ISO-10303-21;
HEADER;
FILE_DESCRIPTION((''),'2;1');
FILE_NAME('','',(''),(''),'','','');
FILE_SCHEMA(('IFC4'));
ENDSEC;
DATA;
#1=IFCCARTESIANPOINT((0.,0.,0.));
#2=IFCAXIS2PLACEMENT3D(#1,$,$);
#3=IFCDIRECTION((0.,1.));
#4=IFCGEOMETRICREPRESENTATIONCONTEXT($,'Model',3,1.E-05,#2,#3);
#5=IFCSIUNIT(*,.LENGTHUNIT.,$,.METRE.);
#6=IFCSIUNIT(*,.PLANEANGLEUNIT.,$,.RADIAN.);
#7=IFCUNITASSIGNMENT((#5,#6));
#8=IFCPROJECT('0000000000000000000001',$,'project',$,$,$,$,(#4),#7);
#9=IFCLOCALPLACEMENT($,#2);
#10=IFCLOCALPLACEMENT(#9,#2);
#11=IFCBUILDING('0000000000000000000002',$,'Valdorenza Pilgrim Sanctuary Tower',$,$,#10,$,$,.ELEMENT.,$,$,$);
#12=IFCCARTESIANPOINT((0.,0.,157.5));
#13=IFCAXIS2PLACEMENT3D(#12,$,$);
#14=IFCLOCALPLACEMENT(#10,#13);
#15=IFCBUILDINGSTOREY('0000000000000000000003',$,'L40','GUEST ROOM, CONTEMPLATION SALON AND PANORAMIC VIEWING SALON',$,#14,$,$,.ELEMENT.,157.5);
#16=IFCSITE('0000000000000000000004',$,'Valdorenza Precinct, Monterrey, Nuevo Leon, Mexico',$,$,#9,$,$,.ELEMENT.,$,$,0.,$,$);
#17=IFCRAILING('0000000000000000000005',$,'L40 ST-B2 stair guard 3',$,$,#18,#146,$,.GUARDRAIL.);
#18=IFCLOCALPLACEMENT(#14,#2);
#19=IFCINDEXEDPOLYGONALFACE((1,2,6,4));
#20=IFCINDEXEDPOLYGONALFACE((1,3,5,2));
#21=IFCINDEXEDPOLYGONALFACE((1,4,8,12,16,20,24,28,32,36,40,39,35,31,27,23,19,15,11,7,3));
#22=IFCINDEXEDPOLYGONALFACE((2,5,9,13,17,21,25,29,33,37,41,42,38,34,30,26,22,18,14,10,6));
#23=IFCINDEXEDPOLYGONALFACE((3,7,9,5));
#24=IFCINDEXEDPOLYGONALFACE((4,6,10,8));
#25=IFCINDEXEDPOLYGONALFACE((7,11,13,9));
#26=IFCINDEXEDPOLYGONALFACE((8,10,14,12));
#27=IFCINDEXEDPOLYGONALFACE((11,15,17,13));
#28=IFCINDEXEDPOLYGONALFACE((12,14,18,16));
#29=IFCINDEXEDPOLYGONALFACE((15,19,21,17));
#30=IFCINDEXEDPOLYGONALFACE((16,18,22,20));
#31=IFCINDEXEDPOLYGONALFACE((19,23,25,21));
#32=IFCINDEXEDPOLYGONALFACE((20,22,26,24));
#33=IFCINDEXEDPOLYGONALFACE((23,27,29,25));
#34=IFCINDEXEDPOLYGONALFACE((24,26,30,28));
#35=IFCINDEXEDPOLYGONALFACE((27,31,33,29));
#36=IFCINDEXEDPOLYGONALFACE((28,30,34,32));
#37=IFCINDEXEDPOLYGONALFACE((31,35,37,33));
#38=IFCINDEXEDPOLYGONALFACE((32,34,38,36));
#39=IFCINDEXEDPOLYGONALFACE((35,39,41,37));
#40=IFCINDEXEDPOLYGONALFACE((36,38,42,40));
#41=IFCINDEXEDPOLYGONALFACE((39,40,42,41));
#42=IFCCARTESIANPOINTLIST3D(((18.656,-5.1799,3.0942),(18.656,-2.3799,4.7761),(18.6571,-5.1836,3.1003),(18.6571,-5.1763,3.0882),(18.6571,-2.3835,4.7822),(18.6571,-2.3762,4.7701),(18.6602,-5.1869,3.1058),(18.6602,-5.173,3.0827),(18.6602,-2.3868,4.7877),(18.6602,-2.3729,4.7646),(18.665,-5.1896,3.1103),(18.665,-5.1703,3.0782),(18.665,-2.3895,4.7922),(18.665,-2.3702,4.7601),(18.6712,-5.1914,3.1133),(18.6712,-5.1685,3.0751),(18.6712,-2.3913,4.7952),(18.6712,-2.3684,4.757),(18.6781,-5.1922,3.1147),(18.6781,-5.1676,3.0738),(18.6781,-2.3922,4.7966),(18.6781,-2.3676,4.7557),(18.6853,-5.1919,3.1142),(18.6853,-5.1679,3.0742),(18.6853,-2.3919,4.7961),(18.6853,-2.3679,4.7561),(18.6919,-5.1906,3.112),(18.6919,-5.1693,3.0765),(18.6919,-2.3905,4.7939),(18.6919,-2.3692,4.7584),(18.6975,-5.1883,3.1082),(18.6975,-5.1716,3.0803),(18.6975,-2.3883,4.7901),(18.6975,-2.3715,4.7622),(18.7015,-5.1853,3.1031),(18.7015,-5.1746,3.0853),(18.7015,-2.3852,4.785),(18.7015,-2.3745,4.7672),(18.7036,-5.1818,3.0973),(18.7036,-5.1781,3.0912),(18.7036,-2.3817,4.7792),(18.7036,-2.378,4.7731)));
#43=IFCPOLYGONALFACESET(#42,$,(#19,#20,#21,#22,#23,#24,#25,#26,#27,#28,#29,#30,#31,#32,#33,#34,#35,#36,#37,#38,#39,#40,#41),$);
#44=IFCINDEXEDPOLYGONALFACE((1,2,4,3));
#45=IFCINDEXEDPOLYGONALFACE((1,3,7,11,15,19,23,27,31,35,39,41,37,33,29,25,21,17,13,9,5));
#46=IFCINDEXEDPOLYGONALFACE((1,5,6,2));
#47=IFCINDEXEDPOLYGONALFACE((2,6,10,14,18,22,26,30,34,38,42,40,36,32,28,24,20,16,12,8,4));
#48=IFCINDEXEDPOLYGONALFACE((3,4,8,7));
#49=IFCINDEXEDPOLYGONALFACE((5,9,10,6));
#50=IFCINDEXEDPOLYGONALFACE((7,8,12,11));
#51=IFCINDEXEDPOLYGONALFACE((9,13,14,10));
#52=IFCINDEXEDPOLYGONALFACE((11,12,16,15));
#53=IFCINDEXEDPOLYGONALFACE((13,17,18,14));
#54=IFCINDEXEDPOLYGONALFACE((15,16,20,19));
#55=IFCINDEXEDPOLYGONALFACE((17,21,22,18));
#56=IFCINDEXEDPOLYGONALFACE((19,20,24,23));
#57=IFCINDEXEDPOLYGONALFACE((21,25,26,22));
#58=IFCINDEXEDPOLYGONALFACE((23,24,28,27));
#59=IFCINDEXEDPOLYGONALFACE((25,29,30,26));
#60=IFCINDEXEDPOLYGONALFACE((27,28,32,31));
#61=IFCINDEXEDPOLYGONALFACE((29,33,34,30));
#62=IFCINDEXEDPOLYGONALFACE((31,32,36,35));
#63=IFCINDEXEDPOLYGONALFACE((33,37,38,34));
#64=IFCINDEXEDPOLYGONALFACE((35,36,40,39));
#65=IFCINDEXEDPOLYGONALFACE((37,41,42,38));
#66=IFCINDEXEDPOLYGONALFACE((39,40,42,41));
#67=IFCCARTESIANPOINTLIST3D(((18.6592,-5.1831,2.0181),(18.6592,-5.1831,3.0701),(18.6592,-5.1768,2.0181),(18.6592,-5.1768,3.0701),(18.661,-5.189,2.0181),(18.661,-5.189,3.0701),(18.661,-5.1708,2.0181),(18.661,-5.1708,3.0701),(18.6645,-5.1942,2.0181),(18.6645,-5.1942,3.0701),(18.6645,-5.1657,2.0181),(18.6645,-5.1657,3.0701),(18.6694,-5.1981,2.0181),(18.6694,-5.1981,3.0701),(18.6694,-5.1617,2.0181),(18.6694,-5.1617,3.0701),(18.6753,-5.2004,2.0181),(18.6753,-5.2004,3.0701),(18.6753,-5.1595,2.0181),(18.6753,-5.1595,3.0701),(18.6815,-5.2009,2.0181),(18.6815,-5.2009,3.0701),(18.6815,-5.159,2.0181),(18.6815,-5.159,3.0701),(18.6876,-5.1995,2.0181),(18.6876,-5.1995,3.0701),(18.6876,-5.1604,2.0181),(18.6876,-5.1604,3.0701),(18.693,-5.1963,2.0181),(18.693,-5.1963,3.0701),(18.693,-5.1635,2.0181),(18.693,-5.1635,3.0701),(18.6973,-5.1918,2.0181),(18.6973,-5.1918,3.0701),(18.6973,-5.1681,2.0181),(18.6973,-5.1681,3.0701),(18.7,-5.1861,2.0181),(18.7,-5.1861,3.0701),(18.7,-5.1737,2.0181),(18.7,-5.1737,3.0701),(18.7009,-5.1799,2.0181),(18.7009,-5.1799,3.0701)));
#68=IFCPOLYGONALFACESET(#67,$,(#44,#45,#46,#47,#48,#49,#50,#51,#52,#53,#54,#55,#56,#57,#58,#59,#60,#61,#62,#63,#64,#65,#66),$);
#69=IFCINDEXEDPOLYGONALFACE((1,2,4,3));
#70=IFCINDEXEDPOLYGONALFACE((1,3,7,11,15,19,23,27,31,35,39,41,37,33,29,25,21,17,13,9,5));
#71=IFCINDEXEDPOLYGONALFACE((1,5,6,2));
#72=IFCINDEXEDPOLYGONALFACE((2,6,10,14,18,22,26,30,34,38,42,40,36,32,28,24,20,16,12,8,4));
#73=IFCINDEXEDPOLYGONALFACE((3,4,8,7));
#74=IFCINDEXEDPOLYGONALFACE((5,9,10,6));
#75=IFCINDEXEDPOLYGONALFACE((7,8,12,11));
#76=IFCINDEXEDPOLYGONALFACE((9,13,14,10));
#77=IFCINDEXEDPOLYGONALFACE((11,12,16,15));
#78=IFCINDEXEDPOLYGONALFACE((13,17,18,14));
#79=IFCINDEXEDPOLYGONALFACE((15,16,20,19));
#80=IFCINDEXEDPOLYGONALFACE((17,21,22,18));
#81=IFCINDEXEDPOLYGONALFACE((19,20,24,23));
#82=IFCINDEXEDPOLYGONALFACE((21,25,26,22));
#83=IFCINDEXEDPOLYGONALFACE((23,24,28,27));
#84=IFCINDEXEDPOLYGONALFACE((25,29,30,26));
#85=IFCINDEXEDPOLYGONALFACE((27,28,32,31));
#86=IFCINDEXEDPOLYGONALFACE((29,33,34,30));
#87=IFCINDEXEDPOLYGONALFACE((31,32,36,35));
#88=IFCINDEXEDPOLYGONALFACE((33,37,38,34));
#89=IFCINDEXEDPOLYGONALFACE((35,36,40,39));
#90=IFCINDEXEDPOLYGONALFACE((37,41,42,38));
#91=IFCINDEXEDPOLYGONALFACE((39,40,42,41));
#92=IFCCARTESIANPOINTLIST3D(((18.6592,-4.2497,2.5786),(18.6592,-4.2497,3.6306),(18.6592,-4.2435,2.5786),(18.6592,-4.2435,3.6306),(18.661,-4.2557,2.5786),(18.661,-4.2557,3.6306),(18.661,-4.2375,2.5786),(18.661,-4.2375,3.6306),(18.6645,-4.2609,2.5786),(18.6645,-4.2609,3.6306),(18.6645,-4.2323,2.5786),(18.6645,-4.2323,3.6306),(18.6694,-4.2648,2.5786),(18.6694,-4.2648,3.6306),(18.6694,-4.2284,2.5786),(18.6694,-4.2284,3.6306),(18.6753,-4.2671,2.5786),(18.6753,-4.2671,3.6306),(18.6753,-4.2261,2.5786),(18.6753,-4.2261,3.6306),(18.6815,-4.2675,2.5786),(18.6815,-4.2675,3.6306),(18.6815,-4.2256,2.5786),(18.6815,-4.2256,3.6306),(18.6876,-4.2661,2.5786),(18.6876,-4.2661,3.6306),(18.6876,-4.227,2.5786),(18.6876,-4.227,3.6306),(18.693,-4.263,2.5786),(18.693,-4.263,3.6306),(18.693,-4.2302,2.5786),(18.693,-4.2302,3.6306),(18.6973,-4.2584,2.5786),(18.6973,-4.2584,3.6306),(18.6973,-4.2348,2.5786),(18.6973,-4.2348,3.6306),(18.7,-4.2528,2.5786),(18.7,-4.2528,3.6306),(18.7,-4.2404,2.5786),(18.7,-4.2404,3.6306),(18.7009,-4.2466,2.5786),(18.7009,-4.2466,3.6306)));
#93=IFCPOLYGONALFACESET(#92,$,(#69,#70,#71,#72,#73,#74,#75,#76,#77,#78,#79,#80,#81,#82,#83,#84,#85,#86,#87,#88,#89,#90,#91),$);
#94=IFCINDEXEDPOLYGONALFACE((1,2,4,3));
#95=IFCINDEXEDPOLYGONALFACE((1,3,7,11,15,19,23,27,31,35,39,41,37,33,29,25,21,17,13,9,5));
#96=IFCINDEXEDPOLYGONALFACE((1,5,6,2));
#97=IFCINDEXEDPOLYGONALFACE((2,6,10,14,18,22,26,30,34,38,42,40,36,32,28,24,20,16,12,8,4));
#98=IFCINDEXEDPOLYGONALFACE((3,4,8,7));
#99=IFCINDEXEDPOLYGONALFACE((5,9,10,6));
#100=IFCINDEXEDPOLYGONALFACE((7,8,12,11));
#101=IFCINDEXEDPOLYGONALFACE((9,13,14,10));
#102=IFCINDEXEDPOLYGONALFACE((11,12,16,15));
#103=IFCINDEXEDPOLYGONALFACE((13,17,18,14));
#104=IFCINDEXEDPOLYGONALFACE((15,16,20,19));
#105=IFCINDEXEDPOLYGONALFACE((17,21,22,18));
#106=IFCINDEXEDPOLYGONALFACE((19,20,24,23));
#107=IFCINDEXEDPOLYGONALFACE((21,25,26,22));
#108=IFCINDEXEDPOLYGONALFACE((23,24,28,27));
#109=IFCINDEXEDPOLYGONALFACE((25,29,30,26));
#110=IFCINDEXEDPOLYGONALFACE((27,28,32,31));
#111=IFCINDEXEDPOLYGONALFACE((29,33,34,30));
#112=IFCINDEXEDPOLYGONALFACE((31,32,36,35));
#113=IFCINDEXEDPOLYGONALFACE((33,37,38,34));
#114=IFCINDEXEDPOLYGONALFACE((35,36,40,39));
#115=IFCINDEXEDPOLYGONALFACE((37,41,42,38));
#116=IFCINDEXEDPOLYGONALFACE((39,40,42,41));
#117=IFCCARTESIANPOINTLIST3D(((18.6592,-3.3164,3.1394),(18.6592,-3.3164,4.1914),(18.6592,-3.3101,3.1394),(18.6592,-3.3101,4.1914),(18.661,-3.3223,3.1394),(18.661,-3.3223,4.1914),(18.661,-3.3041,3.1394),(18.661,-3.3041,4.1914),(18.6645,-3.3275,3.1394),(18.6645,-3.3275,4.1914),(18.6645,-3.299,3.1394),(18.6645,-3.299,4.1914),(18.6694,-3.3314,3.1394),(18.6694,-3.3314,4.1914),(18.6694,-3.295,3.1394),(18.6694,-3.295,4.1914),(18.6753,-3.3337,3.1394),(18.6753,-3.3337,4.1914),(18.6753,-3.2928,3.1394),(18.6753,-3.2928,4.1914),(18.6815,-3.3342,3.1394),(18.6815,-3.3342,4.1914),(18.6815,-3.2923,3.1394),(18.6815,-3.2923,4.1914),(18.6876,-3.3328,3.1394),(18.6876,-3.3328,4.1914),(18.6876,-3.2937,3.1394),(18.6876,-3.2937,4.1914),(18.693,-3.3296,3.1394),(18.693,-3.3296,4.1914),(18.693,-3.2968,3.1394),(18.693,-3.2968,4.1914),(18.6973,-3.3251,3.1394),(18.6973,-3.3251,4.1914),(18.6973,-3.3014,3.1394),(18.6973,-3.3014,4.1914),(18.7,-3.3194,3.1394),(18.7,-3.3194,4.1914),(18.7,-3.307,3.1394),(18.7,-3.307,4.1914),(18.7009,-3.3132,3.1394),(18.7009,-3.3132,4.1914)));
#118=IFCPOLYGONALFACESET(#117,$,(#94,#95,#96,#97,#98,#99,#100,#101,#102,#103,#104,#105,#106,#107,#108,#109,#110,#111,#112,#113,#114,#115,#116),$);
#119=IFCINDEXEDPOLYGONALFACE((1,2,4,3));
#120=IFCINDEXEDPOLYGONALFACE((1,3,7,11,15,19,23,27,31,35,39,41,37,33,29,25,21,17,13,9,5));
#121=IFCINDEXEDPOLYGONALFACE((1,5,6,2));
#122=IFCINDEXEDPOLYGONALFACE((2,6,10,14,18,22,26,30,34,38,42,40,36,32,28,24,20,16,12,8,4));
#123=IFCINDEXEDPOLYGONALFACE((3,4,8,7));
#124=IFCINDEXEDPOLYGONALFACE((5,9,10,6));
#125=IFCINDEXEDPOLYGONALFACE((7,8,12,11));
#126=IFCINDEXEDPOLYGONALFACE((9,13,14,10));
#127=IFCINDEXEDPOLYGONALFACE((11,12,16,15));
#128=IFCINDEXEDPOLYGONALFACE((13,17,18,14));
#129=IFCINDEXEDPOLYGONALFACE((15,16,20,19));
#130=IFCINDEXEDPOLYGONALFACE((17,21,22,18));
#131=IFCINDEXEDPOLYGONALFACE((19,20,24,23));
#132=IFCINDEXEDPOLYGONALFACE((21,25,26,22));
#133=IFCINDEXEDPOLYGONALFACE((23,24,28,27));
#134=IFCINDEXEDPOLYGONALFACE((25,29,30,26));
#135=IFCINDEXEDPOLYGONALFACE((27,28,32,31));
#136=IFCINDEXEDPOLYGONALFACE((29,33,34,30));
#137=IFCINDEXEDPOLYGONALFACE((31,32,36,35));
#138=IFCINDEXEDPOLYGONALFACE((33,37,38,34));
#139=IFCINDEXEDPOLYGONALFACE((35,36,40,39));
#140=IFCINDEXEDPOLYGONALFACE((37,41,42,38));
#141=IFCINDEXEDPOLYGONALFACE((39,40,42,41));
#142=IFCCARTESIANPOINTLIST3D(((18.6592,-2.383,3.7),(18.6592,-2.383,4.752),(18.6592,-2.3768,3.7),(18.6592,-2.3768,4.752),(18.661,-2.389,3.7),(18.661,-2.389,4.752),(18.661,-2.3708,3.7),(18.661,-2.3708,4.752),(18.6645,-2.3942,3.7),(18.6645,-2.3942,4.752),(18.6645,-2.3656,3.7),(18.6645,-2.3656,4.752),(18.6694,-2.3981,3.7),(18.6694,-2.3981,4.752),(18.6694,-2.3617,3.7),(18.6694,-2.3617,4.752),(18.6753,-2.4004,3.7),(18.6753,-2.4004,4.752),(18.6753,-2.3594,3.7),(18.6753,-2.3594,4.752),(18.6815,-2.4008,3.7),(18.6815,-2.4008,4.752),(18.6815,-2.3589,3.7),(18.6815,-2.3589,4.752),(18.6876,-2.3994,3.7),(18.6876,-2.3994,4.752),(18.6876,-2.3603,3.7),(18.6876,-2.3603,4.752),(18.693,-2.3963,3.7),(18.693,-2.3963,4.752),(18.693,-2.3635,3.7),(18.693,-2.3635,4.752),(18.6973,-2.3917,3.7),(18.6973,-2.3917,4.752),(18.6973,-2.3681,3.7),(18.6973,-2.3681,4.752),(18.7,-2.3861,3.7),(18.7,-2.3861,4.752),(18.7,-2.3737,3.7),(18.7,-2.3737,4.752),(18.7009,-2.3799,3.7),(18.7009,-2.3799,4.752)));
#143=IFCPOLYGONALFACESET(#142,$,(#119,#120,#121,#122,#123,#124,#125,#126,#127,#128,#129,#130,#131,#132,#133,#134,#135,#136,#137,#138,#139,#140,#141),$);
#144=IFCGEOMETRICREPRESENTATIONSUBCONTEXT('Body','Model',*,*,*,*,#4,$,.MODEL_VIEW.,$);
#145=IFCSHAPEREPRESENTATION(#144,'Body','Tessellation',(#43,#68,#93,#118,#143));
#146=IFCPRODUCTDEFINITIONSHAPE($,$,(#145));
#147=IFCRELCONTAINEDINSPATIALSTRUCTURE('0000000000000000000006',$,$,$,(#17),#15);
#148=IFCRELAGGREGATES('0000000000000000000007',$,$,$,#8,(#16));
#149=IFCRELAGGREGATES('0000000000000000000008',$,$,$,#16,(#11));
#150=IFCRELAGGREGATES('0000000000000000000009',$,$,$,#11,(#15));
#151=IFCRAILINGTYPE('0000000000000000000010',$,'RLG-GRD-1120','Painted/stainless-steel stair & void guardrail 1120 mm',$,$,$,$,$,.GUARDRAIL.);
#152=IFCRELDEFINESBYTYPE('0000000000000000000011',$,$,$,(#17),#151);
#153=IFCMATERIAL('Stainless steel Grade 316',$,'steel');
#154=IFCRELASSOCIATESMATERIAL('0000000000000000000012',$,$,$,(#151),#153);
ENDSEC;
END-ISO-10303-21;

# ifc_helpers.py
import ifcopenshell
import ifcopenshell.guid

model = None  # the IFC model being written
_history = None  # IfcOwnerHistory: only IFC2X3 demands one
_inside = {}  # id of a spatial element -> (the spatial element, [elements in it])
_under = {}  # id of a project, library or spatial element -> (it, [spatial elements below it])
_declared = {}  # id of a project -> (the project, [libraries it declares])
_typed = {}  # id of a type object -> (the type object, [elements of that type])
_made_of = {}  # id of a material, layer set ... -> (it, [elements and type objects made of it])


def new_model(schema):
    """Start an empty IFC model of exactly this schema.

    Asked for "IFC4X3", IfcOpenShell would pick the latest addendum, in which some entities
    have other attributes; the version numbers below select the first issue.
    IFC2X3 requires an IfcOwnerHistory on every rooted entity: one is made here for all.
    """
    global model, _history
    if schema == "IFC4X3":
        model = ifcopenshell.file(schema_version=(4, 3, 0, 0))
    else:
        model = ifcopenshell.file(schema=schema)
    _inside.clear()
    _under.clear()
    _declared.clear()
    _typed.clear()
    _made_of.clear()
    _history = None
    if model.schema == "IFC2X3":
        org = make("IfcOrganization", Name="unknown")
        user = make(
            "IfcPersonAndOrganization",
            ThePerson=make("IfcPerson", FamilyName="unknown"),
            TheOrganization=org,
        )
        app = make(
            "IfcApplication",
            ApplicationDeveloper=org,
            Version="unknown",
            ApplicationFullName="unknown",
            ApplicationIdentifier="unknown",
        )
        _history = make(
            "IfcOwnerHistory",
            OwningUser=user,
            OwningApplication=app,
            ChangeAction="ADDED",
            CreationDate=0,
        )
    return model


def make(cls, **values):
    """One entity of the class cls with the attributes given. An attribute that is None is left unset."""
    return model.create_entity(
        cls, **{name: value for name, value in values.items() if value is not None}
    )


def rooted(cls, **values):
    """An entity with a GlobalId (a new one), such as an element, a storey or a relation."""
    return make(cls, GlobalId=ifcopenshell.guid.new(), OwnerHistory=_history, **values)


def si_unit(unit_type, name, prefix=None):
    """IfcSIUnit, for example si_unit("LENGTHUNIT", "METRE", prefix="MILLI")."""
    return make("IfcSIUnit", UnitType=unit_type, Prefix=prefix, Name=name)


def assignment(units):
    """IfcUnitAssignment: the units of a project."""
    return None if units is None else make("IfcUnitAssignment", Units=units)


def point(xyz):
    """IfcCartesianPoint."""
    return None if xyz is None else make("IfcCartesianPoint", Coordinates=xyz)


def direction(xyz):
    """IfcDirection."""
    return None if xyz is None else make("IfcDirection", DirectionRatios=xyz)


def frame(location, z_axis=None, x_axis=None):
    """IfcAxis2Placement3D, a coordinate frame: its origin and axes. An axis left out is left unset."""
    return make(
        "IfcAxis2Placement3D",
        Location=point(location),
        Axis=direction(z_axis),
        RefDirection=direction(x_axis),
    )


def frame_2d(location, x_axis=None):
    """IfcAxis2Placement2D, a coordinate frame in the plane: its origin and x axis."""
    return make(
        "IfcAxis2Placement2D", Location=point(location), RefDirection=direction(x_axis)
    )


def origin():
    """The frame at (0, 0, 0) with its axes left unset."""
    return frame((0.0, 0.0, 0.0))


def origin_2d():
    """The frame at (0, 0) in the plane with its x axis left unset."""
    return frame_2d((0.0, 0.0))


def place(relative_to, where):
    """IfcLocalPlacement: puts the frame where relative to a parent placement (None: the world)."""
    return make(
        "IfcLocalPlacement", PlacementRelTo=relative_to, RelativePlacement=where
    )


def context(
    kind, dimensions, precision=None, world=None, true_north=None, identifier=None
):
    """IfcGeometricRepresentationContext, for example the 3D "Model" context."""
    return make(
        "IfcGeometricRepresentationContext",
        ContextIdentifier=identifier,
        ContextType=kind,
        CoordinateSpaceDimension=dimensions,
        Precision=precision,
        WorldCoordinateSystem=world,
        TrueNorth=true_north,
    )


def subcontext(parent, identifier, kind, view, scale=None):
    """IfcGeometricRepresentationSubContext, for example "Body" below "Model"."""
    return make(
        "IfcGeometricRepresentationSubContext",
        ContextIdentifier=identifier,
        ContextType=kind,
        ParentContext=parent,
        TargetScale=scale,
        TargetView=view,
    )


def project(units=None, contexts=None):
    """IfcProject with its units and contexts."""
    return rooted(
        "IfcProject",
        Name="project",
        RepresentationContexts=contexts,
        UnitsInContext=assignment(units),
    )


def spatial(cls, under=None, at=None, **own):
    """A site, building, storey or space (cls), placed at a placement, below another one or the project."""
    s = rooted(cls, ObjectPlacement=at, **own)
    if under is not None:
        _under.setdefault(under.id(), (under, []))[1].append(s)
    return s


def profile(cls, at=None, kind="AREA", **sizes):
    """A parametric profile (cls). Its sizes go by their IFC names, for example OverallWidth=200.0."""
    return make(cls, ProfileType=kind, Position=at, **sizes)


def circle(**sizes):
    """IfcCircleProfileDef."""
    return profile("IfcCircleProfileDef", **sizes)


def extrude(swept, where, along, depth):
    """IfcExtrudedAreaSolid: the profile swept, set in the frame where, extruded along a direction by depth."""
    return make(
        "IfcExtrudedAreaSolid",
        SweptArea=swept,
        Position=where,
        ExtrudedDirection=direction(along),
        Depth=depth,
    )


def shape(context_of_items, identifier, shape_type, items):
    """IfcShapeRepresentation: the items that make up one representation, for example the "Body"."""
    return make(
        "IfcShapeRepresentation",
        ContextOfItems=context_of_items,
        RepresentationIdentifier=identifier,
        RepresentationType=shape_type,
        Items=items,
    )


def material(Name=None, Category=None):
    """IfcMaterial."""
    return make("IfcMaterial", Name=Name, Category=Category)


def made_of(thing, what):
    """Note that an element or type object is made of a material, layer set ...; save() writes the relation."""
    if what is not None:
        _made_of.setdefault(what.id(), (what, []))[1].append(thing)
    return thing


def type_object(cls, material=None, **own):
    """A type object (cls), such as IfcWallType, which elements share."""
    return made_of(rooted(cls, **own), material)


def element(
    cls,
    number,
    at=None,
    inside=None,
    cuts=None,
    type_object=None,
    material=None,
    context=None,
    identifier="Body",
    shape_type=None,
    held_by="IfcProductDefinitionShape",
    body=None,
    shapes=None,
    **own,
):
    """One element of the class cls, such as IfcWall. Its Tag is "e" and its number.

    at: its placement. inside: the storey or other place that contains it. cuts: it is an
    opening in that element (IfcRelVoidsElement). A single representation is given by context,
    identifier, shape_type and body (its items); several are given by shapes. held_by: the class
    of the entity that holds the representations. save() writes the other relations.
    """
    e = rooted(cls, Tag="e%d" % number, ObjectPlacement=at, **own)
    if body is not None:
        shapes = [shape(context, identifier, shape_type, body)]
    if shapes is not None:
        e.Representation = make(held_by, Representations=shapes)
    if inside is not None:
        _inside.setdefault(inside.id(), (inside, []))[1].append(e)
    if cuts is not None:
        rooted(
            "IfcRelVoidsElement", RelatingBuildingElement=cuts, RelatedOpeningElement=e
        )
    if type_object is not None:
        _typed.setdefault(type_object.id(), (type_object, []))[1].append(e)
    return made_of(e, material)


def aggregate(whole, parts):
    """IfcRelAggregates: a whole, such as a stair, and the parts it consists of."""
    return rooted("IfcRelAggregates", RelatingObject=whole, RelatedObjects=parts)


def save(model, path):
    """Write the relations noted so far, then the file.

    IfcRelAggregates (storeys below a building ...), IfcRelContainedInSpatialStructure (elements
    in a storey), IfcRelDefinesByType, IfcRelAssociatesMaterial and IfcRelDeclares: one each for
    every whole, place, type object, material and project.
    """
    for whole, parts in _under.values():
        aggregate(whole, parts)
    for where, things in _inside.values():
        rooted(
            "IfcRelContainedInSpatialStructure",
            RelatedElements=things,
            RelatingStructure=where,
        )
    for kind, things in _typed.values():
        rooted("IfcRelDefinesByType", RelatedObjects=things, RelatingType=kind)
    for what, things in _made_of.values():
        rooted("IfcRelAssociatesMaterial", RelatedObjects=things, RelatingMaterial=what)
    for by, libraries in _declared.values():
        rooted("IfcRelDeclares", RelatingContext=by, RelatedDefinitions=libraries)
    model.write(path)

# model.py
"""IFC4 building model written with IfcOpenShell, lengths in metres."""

from ifc_helpers import new_model, si_unit, direction, frame, origin, origin_2d, place, context, subcontext, project, spatial, circle, extrude, material, type_object, element, save


model = new_model("IFC4")

# Units and contexts
model_context = context("Model", 3, precision=1e-05, world=origin(), true_north=direction((0.0, 1.0)))
body_context = subcontext(model_context, "Body", "Model", "MODEL_VIEW")
ifc_project = project(units=[si_unit("LENGTHUNIT", "METRE"), si_unit("PLANEANGLEUNIT", "RADIAN")], contexts=[model_context])

# Site, building, storey
site_placement = place(None, origin())
site = spatial("IfcSite", under=ifc_project, at=site_placement, Name="Valdorenza Precinct, Monterrey, Nuevo Leon, Mexico", CompositionType="ELEMENT", RefElevation=0.0)
building_placement = place(site_placement, origin())
building = spatial("IfcBuilding", under=site, at=building_placement, Name="Valdorenza Pilgrim Sanctuary Tower", CompositionType="ELEMENT")
storey_placement = place(building_placement, frame((0.0, 0.0, 157.5)))
storey = spatial("IfcBuildingStorey", under=building, at=storey_placement, Name="L40", Description="GUEST ROOM, CONTEMPLATION SALON AND PANORAMIC VIEWING SALON", CompositionType="ELEMENT", Elevation=157.5)

# Railing
ifc_material_1 = material(Name="Stainless steel Grade 316", Category="steel")
railing_type_1 = type_object("IfcRailingType", Name="RLG-GRD-1120", Description="Painted/stainless-steel stair & void guardrail 1120 mm", PredefinedType="GUARDRAIL", material=ifc_material_1)
railing_1_placement = place(storey_placement, frame((18.6799, -5.1799, 2.0181)))
element("IfcRailing", 1, at=railing_1_placement, inside=storey, type_object=railing_type_1, Name="L40 ST-B2 stair guard 3", PredefinedType="GUARDRAIL", context=body_context, shape_type="SweptSolid", body=[
    extrude(circle(Radius=0.0239, at=origin_2d()), frame((0.0, 0.0, 1.0762), z_axis=(0.0, 0.857242, 0.514913), x_axis=(-1.0, 0.0, 0.0)), (0.0, 0.0, 1.0), 3.2664),
    extrude(circle(Radius=0.021, at=origin_2d()), origin(), (0.0, 0.0, 1.0), 1.052),
    extrude(circle(Radius=0.021, at=origin_2d()), frame((0.0, 0.9333, 0.5605)), (0.0, 0.0, 1.0), 1.052),
    extrude(circle(Radius=0.021, at=origin_2d()), frame((0.0, 1.8667, 1.1213)), (0.0, 0.0, 1.0), 1.052),
    extrude(circle(Radius=0.021, at=origin_2d()), frame((0.0, 2.8, 1.6819)), (0.0, 0.0, 1.0), 1.052),
])

save(model, "model.ifc")
